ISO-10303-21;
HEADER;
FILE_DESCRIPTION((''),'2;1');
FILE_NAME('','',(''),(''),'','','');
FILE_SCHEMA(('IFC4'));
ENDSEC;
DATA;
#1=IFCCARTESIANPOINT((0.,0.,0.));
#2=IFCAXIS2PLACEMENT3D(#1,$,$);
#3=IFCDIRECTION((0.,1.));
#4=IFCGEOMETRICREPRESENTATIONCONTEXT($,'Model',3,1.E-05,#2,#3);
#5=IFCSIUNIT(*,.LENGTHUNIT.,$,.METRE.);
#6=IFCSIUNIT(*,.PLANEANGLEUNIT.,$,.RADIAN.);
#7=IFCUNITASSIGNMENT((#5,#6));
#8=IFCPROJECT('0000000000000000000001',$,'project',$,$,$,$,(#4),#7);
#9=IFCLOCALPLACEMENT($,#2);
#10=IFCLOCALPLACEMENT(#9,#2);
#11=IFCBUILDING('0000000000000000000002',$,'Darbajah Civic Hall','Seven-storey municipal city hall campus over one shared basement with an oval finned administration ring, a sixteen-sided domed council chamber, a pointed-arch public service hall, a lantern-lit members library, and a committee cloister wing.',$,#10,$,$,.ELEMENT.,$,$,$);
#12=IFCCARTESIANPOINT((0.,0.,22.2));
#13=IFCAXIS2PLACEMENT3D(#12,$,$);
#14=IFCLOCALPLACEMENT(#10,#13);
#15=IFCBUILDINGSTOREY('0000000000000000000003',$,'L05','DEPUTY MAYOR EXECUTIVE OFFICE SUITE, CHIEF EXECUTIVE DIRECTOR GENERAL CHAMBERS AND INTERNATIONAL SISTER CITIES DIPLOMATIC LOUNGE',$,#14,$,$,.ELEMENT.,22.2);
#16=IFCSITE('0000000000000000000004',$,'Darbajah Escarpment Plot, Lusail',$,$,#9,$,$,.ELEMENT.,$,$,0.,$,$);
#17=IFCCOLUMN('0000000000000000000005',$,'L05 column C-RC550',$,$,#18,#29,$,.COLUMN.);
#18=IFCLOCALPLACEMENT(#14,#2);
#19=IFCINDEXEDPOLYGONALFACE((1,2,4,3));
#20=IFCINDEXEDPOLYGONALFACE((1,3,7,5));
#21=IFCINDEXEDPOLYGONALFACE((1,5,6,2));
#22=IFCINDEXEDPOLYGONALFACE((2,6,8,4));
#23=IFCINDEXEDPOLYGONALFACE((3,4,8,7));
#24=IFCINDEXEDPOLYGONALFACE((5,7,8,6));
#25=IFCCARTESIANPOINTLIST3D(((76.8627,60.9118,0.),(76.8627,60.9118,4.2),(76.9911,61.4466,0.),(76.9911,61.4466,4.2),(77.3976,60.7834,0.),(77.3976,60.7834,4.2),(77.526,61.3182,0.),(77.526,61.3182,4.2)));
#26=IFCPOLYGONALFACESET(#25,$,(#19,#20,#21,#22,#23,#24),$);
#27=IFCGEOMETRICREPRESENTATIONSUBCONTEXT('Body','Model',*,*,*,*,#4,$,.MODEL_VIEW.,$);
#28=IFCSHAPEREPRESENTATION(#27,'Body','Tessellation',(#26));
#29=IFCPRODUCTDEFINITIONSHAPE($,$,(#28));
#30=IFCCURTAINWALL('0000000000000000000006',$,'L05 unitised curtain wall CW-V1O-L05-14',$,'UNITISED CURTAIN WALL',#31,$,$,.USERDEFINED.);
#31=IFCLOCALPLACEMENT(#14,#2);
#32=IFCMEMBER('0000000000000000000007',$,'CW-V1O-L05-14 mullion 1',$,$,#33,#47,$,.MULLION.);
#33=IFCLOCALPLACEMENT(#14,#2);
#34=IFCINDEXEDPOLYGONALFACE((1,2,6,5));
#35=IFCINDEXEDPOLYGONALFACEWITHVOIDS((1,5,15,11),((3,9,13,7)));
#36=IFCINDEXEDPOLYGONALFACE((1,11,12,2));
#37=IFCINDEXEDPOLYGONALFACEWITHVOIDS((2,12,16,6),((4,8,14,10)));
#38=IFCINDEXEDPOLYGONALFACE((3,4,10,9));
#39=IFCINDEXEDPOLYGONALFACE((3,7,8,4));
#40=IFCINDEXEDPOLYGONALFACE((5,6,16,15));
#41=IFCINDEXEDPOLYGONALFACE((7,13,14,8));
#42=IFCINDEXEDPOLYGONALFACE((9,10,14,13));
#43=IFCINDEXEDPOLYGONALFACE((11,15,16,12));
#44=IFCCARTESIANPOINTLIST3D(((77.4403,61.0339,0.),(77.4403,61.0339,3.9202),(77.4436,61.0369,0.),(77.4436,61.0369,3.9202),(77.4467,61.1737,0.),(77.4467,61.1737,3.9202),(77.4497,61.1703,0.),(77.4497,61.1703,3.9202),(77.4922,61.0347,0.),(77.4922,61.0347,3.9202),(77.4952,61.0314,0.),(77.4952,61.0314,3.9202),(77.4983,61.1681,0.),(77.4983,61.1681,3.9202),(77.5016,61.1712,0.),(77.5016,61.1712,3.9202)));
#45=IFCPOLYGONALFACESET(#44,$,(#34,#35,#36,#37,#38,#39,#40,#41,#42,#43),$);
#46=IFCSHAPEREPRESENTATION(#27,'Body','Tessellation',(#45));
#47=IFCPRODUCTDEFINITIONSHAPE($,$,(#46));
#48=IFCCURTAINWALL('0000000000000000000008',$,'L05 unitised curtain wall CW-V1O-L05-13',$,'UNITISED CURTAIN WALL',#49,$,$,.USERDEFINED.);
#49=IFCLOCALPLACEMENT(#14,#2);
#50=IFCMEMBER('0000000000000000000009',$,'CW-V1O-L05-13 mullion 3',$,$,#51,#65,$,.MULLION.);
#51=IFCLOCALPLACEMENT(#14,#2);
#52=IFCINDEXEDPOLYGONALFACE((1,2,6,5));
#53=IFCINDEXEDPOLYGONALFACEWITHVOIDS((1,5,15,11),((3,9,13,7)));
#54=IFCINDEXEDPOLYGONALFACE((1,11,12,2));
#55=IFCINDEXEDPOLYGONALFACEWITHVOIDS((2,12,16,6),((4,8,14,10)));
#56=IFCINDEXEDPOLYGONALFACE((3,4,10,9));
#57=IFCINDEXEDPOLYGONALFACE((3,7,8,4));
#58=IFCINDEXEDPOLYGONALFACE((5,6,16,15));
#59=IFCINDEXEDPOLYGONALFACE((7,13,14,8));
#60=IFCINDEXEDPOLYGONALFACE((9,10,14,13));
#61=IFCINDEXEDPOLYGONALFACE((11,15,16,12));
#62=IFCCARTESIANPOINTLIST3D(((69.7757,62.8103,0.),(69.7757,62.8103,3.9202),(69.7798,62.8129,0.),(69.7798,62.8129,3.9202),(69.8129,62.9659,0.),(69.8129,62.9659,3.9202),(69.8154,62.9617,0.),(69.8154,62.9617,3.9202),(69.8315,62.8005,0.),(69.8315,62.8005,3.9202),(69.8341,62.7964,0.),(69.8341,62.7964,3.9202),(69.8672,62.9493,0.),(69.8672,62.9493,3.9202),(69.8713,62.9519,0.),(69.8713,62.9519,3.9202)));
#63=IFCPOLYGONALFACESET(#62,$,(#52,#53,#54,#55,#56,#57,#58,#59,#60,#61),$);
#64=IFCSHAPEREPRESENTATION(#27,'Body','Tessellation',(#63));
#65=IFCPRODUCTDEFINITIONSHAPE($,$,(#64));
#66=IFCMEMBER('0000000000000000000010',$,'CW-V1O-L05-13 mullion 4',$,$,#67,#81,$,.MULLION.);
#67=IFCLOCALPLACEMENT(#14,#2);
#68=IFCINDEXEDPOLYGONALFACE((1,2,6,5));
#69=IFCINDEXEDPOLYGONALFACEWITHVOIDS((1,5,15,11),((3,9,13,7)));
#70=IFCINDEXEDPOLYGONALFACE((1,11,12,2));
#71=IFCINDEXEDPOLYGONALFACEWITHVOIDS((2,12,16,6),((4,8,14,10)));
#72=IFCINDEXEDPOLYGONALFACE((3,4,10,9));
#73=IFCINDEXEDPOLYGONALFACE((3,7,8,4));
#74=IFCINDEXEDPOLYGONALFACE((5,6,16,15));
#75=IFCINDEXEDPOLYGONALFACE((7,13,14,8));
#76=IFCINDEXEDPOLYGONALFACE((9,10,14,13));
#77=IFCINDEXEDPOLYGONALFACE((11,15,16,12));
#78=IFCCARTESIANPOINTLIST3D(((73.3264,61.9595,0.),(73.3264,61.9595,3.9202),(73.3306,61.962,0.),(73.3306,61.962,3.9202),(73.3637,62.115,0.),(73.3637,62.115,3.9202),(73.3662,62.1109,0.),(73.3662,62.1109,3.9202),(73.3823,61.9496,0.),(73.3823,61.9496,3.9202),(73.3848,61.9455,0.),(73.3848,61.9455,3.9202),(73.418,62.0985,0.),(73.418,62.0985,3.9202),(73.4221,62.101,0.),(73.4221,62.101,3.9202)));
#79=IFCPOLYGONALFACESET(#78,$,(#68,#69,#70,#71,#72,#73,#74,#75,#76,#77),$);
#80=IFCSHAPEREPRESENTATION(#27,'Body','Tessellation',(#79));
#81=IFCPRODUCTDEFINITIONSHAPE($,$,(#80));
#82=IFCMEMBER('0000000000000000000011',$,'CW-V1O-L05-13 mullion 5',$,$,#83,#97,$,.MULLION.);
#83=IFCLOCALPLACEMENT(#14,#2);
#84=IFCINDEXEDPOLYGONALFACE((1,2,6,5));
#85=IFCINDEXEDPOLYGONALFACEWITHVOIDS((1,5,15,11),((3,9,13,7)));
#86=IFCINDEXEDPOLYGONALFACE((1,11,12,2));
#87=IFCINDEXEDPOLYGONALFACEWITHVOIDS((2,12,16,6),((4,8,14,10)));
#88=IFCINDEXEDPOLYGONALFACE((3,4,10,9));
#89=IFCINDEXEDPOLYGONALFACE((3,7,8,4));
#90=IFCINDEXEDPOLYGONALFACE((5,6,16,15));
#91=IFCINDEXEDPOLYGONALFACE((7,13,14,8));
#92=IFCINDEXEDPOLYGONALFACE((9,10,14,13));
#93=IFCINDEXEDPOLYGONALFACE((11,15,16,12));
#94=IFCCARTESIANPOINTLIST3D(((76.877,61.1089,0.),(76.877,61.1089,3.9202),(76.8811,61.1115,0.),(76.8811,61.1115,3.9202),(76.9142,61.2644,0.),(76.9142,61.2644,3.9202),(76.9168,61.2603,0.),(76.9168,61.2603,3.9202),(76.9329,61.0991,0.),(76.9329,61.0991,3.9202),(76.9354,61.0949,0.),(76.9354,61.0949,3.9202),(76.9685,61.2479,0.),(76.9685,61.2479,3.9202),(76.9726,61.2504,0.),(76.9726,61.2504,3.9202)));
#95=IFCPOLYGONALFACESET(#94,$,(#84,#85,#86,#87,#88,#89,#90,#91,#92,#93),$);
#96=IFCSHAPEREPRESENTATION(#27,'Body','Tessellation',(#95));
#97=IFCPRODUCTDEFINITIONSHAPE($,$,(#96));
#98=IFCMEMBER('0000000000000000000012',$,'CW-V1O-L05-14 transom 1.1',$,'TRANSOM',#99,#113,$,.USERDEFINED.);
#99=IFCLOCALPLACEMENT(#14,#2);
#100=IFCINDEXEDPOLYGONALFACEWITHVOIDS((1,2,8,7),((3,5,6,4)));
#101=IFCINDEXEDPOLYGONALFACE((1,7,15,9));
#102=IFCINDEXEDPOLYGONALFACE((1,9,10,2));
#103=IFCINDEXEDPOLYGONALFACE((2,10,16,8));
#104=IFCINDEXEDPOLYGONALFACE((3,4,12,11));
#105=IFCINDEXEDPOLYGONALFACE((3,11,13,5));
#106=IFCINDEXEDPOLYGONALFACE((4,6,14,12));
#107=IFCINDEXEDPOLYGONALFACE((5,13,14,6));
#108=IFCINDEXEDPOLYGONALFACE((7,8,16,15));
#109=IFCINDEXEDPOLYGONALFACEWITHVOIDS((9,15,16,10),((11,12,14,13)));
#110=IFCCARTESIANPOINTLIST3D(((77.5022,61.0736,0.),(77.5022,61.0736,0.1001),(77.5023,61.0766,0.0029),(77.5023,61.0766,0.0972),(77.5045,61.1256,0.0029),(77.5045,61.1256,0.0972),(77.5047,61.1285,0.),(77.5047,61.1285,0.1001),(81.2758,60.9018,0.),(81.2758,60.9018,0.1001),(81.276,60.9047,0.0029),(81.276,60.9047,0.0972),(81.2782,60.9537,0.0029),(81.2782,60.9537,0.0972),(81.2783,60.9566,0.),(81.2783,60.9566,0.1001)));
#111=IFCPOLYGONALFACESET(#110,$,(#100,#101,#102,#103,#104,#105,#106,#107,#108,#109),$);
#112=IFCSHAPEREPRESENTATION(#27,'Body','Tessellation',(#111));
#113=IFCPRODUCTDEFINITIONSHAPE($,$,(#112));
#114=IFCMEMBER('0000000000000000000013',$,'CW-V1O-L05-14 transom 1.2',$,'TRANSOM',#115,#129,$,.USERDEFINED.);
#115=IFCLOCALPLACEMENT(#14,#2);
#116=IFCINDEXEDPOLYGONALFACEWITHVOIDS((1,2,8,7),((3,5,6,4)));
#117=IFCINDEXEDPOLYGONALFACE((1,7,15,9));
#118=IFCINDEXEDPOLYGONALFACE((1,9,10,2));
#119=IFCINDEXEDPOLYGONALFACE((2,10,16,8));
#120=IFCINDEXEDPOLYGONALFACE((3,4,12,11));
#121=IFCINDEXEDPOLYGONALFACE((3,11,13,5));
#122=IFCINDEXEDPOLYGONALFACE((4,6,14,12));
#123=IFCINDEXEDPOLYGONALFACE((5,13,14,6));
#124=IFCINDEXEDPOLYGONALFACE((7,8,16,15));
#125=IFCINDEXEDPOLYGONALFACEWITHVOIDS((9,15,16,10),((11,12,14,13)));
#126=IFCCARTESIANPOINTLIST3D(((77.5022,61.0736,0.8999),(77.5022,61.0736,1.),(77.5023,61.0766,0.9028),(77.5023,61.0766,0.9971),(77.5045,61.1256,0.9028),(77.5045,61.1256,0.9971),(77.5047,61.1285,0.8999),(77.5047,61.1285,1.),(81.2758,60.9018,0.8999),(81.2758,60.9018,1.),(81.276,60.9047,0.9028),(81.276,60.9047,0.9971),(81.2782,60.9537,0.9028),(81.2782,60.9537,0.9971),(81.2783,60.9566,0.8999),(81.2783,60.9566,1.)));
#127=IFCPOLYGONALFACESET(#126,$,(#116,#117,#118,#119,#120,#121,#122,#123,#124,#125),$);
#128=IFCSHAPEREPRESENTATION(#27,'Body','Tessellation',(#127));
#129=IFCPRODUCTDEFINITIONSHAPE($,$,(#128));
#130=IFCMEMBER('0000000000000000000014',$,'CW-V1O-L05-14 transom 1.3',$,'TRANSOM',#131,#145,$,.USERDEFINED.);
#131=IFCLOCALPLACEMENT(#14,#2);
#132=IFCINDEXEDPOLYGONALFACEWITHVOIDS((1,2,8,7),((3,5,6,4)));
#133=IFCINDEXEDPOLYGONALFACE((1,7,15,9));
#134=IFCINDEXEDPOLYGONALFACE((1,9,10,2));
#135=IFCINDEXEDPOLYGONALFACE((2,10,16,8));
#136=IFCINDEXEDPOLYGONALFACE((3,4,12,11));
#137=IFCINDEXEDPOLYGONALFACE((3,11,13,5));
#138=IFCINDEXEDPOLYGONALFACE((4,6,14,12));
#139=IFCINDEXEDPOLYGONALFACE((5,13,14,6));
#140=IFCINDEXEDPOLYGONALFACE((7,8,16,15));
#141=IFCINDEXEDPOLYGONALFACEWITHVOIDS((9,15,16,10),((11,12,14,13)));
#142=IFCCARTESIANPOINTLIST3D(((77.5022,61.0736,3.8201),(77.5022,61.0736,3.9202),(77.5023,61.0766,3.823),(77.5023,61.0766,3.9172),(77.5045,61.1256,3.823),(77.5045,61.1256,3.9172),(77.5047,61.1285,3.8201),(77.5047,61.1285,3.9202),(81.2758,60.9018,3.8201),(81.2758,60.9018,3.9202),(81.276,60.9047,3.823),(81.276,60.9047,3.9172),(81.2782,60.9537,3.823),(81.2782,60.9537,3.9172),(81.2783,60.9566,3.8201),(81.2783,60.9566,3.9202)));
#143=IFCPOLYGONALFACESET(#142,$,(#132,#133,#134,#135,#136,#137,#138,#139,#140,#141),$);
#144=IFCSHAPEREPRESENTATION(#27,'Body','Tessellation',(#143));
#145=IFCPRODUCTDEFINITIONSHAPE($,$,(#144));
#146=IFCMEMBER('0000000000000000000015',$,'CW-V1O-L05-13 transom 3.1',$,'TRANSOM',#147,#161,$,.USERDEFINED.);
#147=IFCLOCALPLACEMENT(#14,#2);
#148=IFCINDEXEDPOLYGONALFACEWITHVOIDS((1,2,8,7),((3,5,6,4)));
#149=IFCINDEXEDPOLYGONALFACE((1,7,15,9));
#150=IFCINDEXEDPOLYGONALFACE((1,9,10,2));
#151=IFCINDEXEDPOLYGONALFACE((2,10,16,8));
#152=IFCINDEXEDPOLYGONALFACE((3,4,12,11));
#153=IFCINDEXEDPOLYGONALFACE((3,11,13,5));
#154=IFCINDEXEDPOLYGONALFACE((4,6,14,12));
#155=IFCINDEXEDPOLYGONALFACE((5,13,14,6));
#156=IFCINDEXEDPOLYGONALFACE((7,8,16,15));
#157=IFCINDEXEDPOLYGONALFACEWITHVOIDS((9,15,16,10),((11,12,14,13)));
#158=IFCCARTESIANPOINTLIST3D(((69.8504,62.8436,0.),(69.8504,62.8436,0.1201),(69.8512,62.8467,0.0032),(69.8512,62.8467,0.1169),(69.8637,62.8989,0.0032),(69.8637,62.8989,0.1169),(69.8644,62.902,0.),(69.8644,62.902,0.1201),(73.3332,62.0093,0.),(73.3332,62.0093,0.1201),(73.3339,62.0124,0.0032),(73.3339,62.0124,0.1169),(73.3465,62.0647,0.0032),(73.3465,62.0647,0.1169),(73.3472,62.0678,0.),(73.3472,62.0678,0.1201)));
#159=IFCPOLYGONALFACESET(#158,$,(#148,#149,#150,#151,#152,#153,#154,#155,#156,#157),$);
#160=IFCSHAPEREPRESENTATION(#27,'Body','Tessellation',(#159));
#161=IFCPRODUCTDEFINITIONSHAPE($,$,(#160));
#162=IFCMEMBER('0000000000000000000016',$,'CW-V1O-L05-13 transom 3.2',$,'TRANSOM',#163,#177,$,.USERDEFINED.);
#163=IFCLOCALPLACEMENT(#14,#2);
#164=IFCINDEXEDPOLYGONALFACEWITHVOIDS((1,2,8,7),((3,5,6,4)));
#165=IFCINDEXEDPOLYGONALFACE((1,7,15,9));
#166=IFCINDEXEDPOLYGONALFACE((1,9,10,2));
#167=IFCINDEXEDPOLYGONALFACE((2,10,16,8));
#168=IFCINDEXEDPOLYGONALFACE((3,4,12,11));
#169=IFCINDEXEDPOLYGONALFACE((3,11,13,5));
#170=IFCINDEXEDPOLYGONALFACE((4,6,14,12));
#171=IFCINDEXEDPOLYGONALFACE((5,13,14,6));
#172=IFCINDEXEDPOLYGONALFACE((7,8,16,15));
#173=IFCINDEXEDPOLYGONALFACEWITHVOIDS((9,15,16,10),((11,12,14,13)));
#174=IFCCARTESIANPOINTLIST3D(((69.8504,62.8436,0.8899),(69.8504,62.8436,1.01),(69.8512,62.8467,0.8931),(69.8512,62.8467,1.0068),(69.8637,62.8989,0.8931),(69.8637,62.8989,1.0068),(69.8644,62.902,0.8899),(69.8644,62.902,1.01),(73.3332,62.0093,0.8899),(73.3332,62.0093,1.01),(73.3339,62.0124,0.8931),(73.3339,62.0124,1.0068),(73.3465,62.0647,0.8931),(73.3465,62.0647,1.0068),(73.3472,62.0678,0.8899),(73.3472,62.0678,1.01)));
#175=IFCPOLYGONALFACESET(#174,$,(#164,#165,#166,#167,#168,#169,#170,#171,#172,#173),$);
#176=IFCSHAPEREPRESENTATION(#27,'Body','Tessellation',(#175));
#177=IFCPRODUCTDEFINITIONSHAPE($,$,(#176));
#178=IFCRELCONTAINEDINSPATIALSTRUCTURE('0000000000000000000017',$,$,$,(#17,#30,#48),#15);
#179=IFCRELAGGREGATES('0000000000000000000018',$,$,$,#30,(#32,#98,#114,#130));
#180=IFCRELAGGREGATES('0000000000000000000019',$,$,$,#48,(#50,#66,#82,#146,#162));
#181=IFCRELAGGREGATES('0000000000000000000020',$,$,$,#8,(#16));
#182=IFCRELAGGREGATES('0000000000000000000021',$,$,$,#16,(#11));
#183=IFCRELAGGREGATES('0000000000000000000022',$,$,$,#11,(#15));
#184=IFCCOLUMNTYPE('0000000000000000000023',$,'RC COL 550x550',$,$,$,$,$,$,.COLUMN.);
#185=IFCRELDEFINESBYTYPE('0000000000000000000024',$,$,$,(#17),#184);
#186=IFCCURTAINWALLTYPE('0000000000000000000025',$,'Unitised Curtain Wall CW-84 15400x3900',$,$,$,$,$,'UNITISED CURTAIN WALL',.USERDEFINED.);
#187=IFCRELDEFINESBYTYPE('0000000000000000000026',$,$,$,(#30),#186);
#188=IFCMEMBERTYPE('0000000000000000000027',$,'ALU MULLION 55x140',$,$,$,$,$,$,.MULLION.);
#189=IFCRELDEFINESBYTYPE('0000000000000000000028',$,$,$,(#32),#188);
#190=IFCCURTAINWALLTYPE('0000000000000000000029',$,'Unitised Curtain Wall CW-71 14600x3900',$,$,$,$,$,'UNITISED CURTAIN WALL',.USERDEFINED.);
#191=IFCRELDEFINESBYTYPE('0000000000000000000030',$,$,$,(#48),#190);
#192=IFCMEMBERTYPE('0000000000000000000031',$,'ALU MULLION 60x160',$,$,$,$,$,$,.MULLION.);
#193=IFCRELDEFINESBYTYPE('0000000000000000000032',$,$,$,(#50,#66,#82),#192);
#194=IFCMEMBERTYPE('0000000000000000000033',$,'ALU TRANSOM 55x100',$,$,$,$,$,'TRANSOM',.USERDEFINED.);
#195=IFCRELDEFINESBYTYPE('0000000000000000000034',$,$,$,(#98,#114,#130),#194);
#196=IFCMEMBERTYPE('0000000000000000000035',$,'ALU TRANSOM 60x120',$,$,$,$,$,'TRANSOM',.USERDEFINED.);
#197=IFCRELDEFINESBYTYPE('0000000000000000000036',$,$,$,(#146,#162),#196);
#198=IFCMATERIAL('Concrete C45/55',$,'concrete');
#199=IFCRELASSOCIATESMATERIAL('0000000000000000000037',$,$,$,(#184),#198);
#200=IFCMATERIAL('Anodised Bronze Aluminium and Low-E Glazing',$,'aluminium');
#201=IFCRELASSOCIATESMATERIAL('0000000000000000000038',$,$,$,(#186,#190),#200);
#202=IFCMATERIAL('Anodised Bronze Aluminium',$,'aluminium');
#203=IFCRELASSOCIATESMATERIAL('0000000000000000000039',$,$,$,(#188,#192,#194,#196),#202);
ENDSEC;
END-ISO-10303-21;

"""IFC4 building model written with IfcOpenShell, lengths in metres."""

from ifc_helpers import new_model, si_unit, direction, frame, origin, origin_2d, place, context, subcontext, project, spatial, rectangle, hollow_rectangle, extrude, material, material_profile, profile_set, type_object, element, aggregate, save


model = new_model("IFC4")

# Units and contexts
model_context = context("Model", 3, precision=1e-05, world=origin(), true_north=direction((0.0, 1.0)))
body_context = subcontext(model_context, "Body", "Model", "MODEL_VIEW")
ifc_project = project(units=[si_unit("LENGTHUNIT", "METRE"), si_unit("PLANEANGLEUNIT", "RADIAN")], contexts=[model_context])

# Site, building, storey
site_placement = place(None, origin())
site = spatial("IfcSite", under=ifc_project, at=site_placement, Name="Darbajah Escarpment Plot, Lusail", CompositionType="ELEMENT", RefElevation=0.0)
building_placement = place(site_placement, origin())
building = spatial("IfcBuilding", under=site, at=building_placement, Name="Darbajah Civic Hall", Description="Seven-storey municipal city hall campus over one shared basement with an oval finned administration ring, a sixteen-sided domed council chamber, a pointed-arch public service hall, a lantern-lit members library, and a committee cloister wing.", CompositionType="ELEMENT")
storey_placement = place(building_placement, frame((0.0, 0.0, 22.2)))
storey = spatial("IfcBuildingStorey", under=building, at=storey_placement, Name="L05", Description="DEPUTY MAYOR EXECUTIVE OFFICE SUITE, CHIEF EXECUTIVE DIRECTOR GENERAL CHAMBERS AND INTERNATIONAL SISTER CITIES DIPLOMATIC LOUNGE", CompositionType="ELEMENT", Elevation=22.2)

# Column
ifc_material_1 = material(Name="Concrete C45/55", Category="concrete")
ifc_material_profile_1 = material_profile(ifc_material_1, rectangle(XDim=0.55, YDim=0.55, at=origin_2d()), Name="RC COL 550x550")
ifc_profile_set_1 = profile_set([ifc_material_profile_1], Name="Concrete C45/55")
column_type = type_object("IfcColumnType", Name="RC COL 550x550", PredefinedType="COLUMN", material=ifc_profile_set_1)
column_placement = place(storey_placement, frame((77.1943, 61.115, 0.0), z_axis=(0.0, 0.0, 1.0), x_axis=(-0.233445, -0.97237, 0.0)))
element("IfcColumn", 1, at=column_placement, inside=storey, type_object=column_type, Name="L05 column C-RC550", PredefinedType="COLUMN", context=body_context, shape_type="SweptSolid", body=[
    extrude(rectangle(XDim=0.55, YDim=0.55, at=origin_2d()), origin(), (0.0, 0.0, 1.0), 4.2),
])

# Curtain wall, member
ifc_material_2 = material(Name="Anodised Bronze Aluminium and Low-E Glazing", Category="aluminium")
curtain_wall_type_1 = type_object("IfcCurtainWallType", Name="Unitised Curtain Wall CW-84 15400x3900", ElementType="UNITISED CURTAIN WALL", PredefinedType="USERDEFINED", material=ifc_material_2)
curtain_wall_1_placement = place(storey_placement, origin())
curtain_wall_1 = element("IfcCurtainWall", 2, at=curtain_wall_1_placement, inside=storey, type_object=curtain_wall_type_1, Name="L05 unitised curtain wall CW-V1O-L05-14", ObjectType="UNITISED CURTAIN WALL", PredefinedType="USERDEFINED")
ifc_material_3 = material(Name="Anodised Bronze Aluminium", Category="aluminium")
ifc_material_profile_2 = material_profile(ifc_material_3, hollow_rectangle(XDim=0.0549, YDim=0.1399, WallThickness=0.0032, at=origin_2d()), Name="ALU MULLION 55x140")
ifc_profile_set_2 = profile_set([ifc_material_profile_2], Name="Anodised Bronze Aluminium")
member_type_1 = type_object("IfcMemberType", Name="ALU MULLION 55x140", PredefinedType="MULLION", material=ifc_profile_set_2)
member_1_placement = place(storey_placement, frame((77.4709, 61.1025, 0.0), z_axis=(0.0, 0.0, 1.0), x_axis=(0.998963, -0.045537, 0.0)))
member_1 = element("IfcMember", 3, at=member_1_placement, type_object=member_type_1, Name="CW-V1O-L05-14 mullion 1", PredefinedType="MULLION", context=body_context, shape_type="SweptSolid", body=[
    extrude(hollow_rectangle(XDim=0.0549, YDim=0.1399, WallThickness=0.0032, at=origin_2d()), origin(), (0.0, 0.0, 1.0), 3.9202),
])

# Curtain wall, members
curtain_wall_type_2 = type_object("IfcCurtainWallType", Name="Unitised Curtain Wall CW-71 14600x3900", ElementType="UNITISED CURTAIN WALL", PredefinedType="USERDEFINED", material=ifc_material_2)
curtain_wall_2_placement = place(storey_placement, origin())
curtain_wall_2 = element("IfcCurtainWall", 4, at=curtain_wall_2_placement, inside=storey, type_object=curtain_wall_type_2, Name="L05 unitised curtain wall CW-V1O-L05-13", ObjectType="UNITISED CURTAIN WALL", PredefinedType="USERDEFINED")
ifc_material_profile_3 = material_profile(ifc_material_3, hollow_rectangle(XDim=0.0601, YDim=0.1599, WallThickness=0.0034, at=origin_2d()), Name="ALU MULLION 60x160")
ifc_profile_set_3 = profile_set([ifc_material_profile_3], Name="Anodised Bronze Aluminium")
member_type_2 = type_object("IfcMemberType", Name="ALU MULLION 60x160", PredefinedType="MULLION", material=ifc_profile_set_3)
member_2_placement = place(storey_placement, frame((69.8235, 62.8811, 0.0), z_axis=(0.0, 0.0, 1.0), x_axis=(0.972492, -0.232936, 0.0)))
member_2 = element("IfcMember", 5, at=member_2_placement, type_object=member_type_2, Name="CW-V1O-L05-13 mullion 3", PredefinedType="MULLION", context=body_context, shape_type="SweptSolid", body=[
    extrude(hollow_rectangle(XDim=0.0601, YDim=0.1599, WallThickness=0.0034, at=origin_2d()), origin(), (0.0, 0.0, 1.0), 3.9202),
])
member_3_placement = place(storey_placement, frame((73.3743, 62.0303, 0.0), z_axis=(0.0, 0.0, 1.0), x_axis=(0.972492, -0.232936, 0.0)))
member_3 = element("IfcMember", 6, at=member_3_placement, type_object=member_type_2, Name="CW-V1O-L05-13 mullion 4", PredefinedType="MULLION", context=body_context, shape_type="SweptSolid", body=[
    extrude(hollow_rectangle(XDim=0.0601, YDim=0.1599, WallThickness=0.0034, at=origin_2d()), origin(), (0.0, 0.0, 1.0), 3.9202),
])
member_4_placement = place(storey_placement, frame((76.9248, 61.1797, 0.0), z_axis=(0.0, 0.0, 1.0), x_axis=(0.972492, -0.232936, 0.0)))
member_4 = element("IfcMember", 7, at=member_4_placement, type_object=member_type_2, Name="CW-V1O-L05-13 mullion 5", PredefinedType="MULLION", context=body_context, shape_type="SweptSolid", body=[
    extrude(hollow_rectangle(XDim=0.0601, YDim=0.1599, WallThickness=0.0034, at=origin_2d()), origin(), (0.0, 0.0, 1.0), 3.9202),
])

# Members
ifc_material_profile_4 = material_profile(ifc_material_3, hollow_rectangle(XDim=0.0549, YDim=0.1001, WallThickness=0.0029, at=origin_2d()), Name="ALU TRANSOM 55x100")
ifc_profile_set_4 = profile_set([ifc_material_profile_4], Name="Anodised Bronze Aluminium")
member_type_3 = type_object("IfcMemberType", Name="ALU TRANSOM 55x100", ElementType="TRANSOM", PredefinedType="USERDEFINED", material=ifc_profile_set_4)
member_5_placement = place(storey_placement, frame((77.5034, 61.1011, 0.05), z_axis=(0.998964, -0.045499, 0.0), x_axis=(0.045499, 0.998964, 0.0)))
member_5 = element("IfcMember", 8, at=member_5_placement, type_object=member_type_3, Name="CW-V1O-L05-14 transom 1.1", ObjectType="TRANSOM", PredefinedType="USERDEFINED", context=body_context, shape_type="SweptSolid", body=[
    extrude(hollow_rectangle(XDim=0.0549, YDim=0.1001, WallThickness=0.0029, at=origin_2d()), origin(), (0.0, 0.0, 1.0), 3.7776),
])
member_6_placement = place(storey_placement, frame((77.5034, 61.1011, 0.95), z_axis=(0.998964, -0.045499, 0.0), x_axis=(0.045499, 0.998964, 0.0)))
member_6 = element("IfcMember", 9, at=member_6_placement, type_object=member_type_3, Name="CW-V1O-L05-14 transom 1.2", ObjectType="TRANSOM", PredefinedType="USERDEFINED", context=body_context, shape_type="SweptSolid", body=[
    extrude(hollow_rectangle(XDim=0.0549, YDim=0.1001, WallThickness=0.0029, at=origin_2d()), origin(), (0.0, 0.0, 1.0), 3.7776),
])
member_7_placement = place(storey_placement, frame((77.5034, 61.1011, 3.8701), z_axis=(0.998964, -0.045499, 0.0), x_axis=(0.045499, 0.998964, 0.0)))
member_7 = element("IfcMember", 10, at=member_7_placement, type_object=member_type_3, Name="CW-V1O-L05-14 transom 1.3", ObjectType="TRANSOM", PredefinedType="USERDEFINED", context=body_context, shape_type="SweptSolid", body=[
    extrude(hollow_rectangle(XDim=0.0549, YDim=0.1001, WallThickness=0.0029, at=origin_2d()), origin(), (0.0, 0.0, 1.0), 3.7776),
])
aggregate(curtain_wall_1, [member_1, member_5, member_6, member_7])
ifc_material_profile_5 = material_profile(ifc_material_3, hollow_rectangle(XDim=0.0601, YDim=0.1201, WallThickness=0.0032, at=origin_2d()), Name="ALU TRANSOM 60x120")
ifc_profile_set_5 = profile_set([ifc_material_profile_5], Name="Anodised Bronze Aluminium")
member_type_4 = type_object("IfcMemberType", Name="ALU TRANSOM 60x120", ElementType="TRANSOM", PredefinedType="USERDEFINED", material=ifc_profile_set_5)
member_8_placement = place(storey_placement, frame((69.8574, 62.8728, 0.0601), z_axis=(0.972489, -0.232947, 0.0), x_axis=(0.232947, 0.972489, 0.0)))
member_8 = element("IfcMember", 11, at=member_8_placement, type_object=member_type_4, Name="CW-V1O-L05-13 transom 3.1", ObjectType="TRANSOM", PredefinedType="USERDEFINED", context=body_context, shape_type="SweptSolid", body=[
    extrude(hollow_rectangle(XDim=0.0601, YDim=0.1201, WallThickness=0.0032, at=origin_2d()), origin(), (0.0, 0.0, 1.0), 3.5813),
])
member_9_placement = place(storey_placement, frame((69.8574, 62.8728, 0.95), z_axis=(0.972489, -0.232947, 0.0), x_axis=(0.232947, 0.972489, 0.0)))
member_9 = element("IfcMember", 12, at=member_9_placement, type_object=member_type_4, Name="CW-V1O-L05-13 transom 3.2", ObjectType="TRANSOM", PredefinedType="USERDEFINED", context=body_context, shape_type="SweptSolid", body=[
    extrude(hollow_rectangle(XDim=0.0601, YDim=0.1201, WallThickness=0.0032, at=origin_2d()), origin(), (0.0, 0.0, 1.0), 3.5813),
])

aggregate(curtain_wall_2, [member_2, member_3, member_4, member_8, member_9])

save(model, "model.ifc")
